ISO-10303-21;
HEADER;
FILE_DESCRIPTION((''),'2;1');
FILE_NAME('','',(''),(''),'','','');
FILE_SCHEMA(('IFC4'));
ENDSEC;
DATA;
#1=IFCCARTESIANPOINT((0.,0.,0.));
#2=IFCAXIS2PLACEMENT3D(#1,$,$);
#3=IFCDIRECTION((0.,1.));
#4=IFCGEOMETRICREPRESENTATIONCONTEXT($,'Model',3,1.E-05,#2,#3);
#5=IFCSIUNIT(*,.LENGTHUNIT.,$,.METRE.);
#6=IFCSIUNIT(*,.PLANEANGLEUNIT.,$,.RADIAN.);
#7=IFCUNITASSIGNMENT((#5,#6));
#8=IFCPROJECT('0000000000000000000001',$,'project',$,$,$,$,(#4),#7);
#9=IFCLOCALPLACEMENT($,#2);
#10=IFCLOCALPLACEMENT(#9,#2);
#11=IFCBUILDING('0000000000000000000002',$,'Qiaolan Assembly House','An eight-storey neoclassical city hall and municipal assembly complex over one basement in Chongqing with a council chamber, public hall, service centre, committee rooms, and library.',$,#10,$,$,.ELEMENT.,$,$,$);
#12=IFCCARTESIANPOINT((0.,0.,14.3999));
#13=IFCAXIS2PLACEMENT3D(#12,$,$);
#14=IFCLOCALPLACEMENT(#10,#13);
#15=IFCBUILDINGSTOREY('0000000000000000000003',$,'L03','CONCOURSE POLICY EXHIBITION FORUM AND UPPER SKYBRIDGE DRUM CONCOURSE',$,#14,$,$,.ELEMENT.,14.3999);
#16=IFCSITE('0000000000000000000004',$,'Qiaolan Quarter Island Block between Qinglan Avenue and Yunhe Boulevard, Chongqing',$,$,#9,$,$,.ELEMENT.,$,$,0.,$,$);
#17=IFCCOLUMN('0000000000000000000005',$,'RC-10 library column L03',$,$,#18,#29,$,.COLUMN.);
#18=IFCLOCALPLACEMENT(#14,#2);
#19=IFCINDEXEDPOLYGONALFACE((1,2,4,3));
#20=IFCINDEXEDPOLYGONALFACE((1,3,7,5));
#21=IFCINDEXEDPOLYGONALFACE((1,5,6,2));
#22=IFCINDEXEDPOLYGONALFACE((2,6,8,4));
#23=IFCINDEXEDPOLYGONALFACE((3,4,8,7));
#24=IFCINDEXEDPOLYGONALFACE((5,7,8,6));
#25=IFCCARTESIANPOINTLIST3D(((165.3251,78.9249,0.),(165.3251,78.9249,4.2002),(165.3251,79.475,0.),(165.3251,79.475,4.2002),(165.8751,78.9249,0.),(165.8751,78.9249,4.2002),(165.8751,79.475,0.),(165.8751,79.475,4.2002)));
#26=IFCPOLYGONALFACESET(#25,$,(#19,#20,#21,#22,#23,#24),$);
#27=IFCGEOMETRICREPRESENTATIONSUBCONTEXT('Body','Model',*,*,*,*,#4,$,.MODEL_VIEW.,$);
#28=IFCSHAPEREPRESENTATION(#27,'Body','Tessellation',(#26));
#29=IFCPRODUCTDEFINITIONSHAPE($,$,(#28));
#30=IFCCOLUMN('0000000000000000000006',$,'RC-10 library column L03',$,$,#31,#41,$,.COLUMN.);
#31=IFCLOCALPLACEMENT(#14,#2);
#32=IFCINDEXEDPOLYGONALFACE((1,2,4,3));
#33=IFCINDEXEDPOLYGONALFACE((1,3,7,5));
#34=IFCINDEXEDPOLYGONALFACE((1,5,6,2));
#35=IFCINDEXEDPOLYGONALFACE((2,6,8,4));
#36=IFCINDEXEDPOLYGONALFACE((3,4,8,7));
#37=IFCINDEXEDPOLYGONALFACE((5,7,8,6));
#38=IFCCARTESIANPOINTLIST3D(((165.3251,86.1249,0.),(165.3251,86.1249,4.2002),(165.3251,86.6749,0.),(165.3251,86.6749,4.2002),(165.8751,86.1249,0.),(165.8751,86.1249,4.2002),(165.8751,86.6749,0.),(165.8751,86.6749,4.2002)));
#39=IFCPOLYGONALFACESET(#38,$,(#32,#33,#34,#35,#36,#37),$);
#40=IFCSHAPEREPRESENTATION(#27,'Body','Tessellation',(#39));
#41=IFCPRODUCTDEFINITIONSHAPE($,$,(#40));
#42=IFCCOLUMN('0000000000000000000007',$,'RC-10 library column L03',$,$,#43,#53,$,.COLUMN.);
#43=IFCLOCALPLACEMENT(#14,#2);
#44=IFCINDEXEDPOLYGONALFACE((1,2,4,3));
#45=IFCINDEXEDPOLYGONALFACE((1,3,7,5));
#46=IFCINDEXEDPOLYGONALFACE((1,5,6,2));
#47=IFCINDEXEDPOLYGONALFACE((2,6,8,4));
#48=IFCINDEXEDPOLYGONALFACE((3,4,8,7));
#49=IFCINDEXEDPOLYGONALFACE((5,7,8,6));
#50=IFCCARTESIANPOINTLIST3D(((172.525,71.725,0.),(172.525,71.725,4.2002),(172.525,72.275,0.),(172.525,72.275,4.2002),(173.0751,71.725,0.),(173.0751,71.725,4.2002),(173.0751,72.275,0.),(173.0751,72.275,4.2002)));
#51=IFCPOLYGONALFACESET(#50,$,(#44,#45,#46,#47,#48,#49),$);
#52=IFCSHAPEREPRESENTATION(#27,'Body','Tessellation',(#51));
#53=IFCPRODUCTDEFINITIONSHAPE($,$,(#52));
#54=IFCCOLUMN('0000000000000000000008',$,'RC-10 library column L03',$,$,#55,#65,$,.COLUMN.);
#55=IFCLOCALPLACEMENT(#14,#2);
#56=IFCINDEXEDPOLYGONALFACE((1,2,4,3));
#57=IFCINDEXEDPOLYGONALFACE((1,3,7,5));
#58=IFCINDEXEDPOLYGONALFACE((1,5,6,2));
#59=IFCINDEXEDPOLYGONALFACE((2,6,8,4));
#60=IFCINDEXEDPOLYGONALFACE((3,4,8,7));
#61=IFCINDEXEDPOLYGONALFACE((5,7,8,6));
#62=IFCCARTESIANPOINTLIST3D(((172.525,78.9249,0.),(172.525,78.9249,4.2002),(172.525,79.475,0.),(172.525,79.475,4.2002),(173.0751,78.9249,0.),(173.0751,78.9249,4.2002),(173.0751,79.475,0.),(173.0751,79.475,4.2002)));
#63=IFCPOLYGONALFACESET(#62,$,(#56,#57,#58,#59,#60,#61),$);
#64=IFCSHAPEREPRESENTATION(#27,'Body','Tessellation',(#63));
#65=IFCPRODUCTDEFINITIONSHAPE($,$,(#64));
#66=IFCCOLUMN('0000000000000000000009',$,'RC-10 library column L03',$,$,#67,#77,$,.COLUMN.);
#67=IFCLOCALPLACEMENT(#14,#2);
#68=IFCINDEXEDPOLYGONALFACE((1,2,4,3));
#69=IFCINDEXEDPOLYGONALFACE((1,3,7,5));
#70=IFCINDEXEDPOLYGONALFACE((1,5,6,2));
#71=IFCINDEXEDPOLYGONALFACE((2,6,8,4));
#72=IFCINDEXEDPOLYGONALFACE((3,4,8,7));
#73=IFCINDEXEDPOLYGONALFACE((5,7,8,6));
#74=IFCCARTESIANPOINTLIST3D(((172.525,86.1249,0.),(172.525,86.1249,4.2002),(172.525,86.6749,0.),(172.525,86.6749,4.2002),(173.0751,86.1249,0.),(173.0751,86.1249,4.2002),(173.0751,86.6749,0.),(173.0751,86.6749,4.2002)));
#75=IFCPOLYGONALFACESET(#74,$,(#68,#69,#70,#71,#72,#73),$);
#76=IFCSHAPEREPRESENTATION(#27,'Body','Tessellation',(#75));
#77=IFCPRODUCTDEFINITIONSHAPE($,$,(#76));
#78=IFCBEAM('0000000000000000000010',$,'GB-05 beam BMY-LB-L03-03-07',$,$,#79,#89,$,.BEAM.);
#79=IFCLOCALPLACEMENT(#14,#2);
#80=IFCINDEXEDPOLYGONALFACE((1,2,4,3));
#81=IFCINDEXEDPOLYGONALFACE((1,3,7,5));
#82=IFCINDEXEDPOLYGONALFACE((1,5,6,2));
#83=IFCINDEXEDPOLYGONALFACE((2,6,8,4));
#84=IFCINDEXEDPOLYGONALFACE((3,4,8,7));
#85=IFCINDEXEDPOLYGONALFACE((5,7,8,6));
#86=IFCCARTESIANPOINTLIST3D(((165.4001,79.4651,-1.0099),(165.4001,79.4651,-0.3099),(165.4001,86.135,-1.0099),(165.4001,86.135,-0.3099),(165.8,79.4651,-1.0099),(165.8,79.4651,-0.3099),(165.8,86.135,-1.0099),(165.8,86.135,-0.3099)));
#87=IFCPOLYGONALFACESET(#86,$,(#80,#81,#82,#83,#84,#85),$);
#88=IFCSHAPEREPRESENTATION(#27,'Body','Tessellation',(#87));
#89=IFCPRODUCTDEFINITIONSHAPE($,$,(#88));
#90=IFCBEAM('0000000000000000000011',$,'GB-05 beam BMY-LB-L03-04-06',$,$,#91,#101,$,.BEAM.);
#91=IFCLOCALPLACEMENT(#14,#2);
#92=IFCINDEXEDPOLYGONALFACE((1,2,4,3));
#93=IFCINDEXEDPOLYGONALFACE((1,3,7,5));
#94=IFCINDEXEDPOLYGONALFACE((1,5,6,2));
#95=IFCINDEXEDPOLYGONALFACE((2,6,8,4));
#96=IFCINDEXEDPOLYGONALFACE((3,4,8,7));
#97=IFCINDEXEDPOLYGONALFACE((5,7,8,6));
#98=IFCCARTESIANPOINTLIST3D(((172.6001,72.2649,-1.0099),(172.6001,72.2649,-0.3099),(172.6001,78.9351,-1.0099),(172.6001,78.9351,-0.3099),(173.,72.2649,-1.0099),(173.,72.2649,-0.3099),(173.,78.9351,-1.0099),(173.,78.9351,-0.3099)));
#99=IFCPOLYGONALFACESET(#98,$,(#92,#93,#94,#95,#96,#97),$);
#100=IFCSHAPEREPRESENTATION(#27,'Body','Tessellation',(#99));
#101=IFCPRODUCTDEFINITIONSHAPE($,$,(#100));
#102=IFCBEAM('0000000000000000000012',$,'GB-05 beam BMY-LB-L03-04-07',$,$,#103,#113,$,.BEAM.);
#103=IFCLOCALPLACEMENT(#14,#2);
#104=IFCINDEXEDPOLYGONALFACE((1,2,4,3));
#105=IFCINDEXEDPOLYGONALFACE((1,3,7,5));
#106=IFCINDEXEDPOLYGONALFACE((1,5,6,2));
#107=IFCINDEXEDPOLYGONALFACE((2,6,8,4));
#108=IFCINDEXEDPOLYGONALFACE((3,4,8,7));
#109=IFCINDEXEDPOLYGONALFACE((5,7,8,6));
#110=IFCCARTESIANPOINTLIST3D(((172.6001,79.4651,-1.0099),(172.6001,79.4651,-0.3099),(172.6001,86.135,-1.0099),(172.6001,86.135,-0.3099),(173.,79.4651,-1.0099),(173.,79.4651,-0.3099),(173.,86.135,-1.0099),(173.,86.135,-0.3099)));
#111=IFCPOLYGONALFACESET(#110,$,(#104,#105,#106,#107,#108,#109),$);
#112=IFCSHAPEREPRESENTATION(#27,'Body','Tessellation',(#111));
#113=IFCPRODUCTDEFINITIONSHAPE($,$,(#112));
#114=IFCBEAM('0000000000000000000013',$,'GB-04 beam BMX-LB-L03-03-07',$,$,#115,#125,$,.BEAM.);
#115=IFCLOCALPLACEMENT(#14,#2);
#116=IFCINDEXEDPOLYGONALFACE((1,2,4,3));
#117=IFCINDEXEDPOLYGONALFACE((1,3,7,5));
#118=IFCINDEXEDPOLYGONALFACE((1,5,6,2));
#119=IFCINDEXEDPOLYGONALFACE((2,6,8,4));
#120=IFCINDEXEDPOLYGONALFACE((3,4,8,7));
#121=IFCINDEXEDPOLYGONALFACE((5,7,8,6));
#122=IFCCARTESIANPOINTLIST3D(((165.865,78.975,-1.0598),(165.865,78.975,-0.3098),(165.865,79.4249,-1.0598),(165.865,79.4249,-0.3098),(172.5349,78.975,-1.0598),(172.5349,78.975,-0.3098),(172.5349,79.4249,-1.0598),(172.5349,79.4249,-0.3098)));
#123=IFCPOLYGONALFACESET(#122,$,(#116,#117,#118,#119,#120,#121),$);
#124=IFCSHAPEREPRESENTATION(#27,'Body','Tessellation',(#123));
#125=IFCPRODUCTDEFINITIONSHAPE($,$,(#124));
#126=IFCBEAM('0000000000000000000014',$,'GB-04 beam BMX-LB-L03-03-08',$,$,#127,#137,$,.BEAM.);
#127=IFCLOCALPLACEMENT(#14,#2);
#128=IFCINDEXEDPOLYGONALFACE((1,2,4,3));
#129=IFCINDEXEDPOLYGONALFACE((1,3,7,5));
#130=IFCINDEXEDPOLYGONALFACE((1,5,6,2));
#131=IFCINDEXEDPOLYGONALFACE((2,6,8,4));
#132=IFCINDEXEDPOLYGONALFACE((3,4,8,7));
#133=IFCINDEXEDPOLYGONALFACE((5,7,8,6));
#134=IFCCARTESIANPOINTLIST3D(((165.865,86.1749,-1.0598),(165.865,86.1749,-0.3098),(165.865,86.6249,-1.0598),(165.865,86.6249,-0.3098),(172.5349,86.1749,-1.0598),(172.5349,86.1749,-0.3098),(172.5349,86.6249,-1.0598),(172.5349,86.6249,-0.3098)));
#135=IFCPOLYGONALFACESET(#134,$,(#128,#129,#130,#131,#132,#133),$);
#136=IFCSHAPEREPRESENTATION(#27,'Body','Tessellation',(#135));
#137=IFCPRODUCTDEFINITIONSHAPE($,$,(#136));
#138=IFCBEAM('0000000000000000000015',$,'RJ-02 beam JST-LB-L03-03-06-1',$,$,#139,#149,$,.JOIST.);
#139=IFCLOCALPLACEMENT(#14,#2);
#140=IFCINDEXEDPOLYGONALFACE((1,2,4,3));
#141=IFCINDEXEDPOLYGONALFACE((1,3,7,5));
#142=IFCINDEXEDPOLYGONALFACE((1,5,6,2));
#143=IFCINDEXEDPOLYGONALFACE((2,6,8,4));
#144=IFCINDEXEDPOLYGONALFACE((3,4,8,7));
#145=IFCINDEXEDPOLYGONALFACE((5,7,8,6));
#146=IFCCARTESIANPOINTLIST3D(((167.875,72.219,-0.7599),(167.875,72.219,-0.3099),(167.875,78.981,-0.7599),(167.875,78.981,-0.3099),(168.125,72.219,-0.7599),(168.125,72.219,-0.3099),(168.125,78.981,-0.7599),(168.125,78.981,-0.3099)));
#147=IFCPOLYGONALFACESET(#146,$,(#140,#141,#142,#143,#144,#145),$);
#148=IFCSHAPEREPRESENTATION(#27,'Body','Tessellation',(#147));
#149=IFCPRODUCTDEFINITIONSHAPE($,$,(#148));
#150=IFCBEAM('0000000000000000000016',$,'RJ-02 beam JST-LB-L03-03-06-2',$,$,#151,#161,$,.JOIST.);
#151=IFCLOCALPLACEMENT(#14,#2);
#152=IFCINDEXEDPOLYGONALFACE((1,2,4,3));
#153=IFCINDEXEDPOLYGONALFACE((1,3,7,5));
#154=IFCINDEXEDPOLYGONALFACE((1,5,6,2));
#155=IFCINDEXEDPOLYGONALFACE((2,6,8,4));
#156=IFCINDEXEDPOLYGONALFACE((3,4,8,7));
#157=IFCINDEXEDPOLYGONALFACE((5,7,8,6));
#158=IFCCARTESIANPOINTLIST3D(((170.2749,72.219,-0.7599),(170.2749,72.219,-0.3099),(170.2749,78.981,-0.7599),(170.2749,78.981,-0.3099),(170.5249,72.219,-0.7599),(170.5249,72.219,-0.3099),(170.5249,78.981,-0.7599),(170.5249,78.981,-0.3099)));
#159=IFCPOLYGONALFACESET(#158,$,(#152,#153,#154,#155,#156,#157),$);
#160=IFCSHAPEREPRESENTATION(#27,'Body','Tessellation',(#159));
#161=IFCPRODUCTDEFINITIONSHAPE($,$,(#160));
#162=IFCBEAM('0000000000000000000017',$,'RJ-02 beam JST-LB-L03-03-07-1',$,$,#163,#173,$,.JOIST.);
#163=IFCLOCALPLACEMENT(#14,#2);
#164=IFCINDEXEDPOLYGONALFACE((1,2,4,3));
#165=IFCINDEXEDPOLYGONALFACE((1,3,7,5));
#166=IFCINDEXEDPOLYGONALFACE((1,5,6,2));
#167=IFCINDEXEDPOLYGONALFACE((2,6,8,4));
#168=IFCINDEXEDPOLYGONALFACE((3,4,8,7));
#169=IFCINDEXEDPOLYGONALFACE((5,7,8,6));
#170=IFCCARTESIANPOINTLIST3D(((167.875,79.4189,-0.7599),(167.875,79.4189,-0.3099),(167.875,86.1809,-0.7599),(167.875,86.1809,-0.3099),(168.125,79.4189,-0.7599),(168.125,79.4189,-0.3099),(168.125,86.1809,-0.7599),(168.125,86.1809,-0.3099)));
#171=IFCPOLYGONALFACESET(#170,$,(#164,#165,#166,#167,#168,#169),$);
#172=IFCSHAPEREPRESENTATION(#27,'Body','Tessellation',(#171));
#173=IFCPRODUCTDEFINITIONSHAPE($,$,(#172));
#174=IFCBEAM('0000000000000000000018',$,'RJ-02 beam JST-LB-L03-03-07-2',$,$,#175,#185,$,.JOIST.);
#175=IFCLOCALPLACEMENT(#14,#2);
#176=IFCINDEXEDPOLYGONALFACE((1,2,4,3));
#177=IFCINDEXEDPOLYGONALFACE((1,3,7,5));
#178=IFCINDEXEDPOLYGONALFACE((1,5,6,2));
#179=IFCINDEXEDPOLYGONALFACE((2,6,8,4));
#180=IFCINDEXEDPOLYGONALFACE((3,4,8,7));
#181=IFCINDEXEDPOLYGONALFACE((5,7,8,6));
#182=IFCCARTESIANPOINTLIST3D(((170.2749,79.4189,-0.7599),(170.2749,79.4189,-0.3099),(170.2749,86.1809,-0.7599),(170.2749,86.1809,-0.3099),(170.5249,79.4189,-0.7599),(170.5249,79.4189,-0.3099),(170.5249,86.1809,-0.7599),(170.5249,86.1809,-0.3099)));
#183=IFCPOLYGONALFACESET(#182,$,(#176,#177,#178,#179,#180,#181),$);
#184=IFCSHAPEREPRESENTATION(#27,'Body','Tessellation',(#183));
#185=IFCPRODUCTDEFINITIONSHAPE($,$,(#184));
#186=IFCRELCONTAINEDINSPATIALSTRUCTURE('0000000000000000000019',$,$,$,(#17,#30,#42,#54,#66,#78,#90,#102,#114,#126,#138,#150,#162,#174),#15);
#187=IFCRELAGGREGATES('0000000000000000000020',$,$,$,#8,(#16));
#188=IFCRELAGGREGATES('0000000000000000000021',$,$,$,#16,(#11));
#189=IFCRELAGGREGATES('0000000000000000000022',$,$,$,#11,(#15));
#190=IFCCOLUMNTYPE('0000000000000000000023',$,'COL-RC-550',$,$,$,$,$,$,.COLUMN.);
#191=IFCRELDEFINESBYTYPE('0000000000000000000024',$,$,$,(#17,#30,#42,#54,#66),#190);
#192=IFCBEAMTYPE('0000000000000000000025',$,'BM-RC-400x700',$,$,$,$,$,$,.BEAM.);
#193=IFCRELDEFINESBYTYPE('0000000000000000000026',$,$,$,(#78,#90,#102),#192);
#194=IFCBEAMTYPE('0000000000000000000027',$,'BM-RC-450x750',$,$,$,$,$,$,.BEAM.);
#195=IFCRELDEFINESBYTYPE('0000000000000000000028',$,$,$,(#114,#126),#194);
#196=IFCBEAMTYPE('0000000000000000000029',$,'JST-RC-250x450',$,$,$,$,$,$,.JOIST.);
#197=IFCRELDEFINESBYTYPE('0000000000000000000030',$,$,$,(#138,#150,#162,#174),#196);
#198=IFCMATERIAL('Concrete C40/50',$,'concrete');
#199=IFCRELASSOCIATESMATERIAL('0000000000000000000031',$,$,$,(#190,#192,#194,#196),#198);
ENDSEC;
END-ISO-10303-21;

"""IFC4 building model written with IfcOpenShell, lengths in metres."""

from ifc_helpers import new_model, si_unit, direction, frame, origin, origin_2d, place, context, subcontext, project, spatial, rectangle, extrude, material, material_profile, profile_set, type_object, element, save


model = new_model("IFC4")

# Units and contexts
model_context = context("Model", 3, precision=1e-05, world=origin(), true_north=direction((0.0, 1.0)))
body_context = subcontext(model_context, "Body", "Model", "MODEL_VIEW")
ifc_project = project(units=[si_unit("LENGTHUNIT", "METRE"), si_unit("PLANEANGLEUNIT", "RADIAN")], contexts=[model_context])

# Site, building, storey
site_placement = place(None, origin())
site = spatial("IfcSite", under=ifc_project, at=site_placement, Name="Qiaolan Quarter Island Block between Qinglan Avenue and Yunhe Boulevard, Chongqing", CompositionType="ELEMENT", RefElevation=0.0)
building_placement = place(site_placement, origin())
building = spatial("IfcBuilding", under=site, at=building_placement, Name="Qiaolan Assembly House", Description="An eight-storey neoclassical city hall and municipal assembly complex over one basement in Chongqing with a council chamber, public hall, service centre, committee rooms, and library.", CompositionType="ELEMENT")
storey_placement = place(building_placement, frame((0.0, 0.0, 14.3999)))
storey = spatial("IfcBuildingStorey", under=building, at=storey_placement, Name="L03", Description="CONCOURSE POLICY EXHIBITION FORUM AND UPPER SKYBRIDGE DRUM CONCOURSE", CompositionType="ELEMENT", Elevation=14.3999)

# Columns
ifc_material_1 = material(Name="Concrete C40/50", Category="concrete")
ifc_material_profile_1 = material_profile(ifc_material_1, rectangle(XDim=0.55, YDim=0.55, at=origin_2d()), Name="RC 550x550")
ifc_profile_set_1 = profile_set([ifc_material_profile_1], Name="Concrete C40/50")
column_type = type_object("IfcColumnType", Name="COL-RC-550", PredefinedType="COLUMN", material=ifc_profile_set_1)
for number, where, z_axis, x_axis, name in (
    (1, (165.6001, 79.2, 0.0), (0.0, 0.0, 1.0), (1.0, 0.0, 0.0), "RC-10 library column L03"),
    (2, (165.6001, 86.3999, 0.0), (0.0, 0.0, 1.0), (1.0, 0.0, 0.0), "RC-10 library column L03"),
    (3, (172.8, 72.0, 0.0), (0.0, 0.0, 1.0), (1.0, 0.0, 0.0), "RC-10 library column L03"),
    (4, (172.8, 79.2, 0.0), (0.0, 0.0, 1.0), (1.0, 0.0, 0.0), "RC-10 library column L03"),
    (5, (172.8, 86.3999, 0.0), (0.0, 0.0, 1.0), (1.0, 0.0, 0.0), "RC-10 library column L03"),
):
    element("IfcColumn", number, at=place(storey_placement, frame(where, z_axis=z_axis, x_axis=x_axis)), inside=storey, type_object=column_type, Name=name, PredefinedType="COLUMN", context=body_context, shape_type="SweptSolid", body=[
        extrude(rectangle(XDim=0.55, YDim=0.55, at=origin_2d()), origin(), (0.0, 0.0, 1.0), 4.2002),
    ])

# Beams
ifc_material_profile_2 = material_profile(ifc_material_1, rectangle(XDim=0.3999, YDim=0.7, at=origin_2d()), Name="RCB 400x700")
ifc_profile_set_2 = profile_set([ifc_material_profile_2], Name="Concrete C40/50")
beam_type_1 = type_object("IfcBeamType", Name="BM-RC-400x700", PredefinedType="BEAM", material=ifc_profile_set_2)
beam_1_placement = place(storey_placement, frame((165.6001, 79.4651, -0.6599), z_axis=(0.0, 1.0, 0.0), x_axis=(-1.0, 0.0, 0.0)))
element("IfcBeam", 6, at=beam_1_placement, inside=storey, type_object=beam_type_1, Name="GB-05 beam BMY-LB-L03-03-07", PredefinedType="BEAM", context=body_context, shape_type="SweptSolid", body=[
    extrude(rectangle(XDim=0.3999, YDim=0.7, at=origin_2d()), origin(), (0.0, 0.0, 1.0), 6.6699),
])
beam_2_placement = place(storey_placement, frame((172.8, 72.2649, -0.6599), z_axis=(0.0, 1.0, 0.0), x_axis=(-1.0, 0.0, 0.0)))
element("IfcBeam", 7, at=beam_2_placement, inside=storey, type_object=beam_type_1, Name="GB-05 beam BMY-LB-L03-04-06", PredefinedType="BEAM", context=body_context, shape_type="SweptSolid", body=[
    extrude(rectangle(XDim=0.3999, YDim=0.7, at=origin_2d()), origin(), (0.0, 0.0, 1.0), 6.6702),
])
beam_3_placement = place(storey_placement, frame((172.8, 79.4651, -0.6599), z_axis=(0.0, 1.0, 0.0), x_axis=(-1.0, 0.0, 0.0)))
element("IfcBeam", 8, at=beam_3_placement, inside=storey, type_object=beam_type_1, Name="GB-05 beam BMY-LB-L03-04-07", PredefinedType="BEAM", context=body_context, shape_type="SweptSolid", body=[
    extrude(rectangle(XDim=0.3999, YDim=0.7, at=origin_2d()), origin(), (0.0, 0.0, 1.0), 6.6699),
])
ifc_material_profile_3 = material_profile(ifc_material_1, rectangle(XDim=0.45, YDim=0.75, at=origin_2d()), Name="RCB 450x750")
ifc_profile_set_3 = profile_set([ifc_material_profile_3], Name="Concrete C40/50")
beam_type_2 = type_object("IfcBeamType", Name="BM-RC-450x750", PredefinedType="BEAM", material=ifc_profile_set_3)
for number, where, z_axis, x_axis, name in (
    (9, (165.865, 79.2, -0.6848), (1.0, 0.0, 0.0), (0.0, 1.0, 0.0), "GB-04 beam BMX-LB-L03-03-07"),
    (10, (165.865, 86.3999, -0.6848), (1.0, 0.0, 0.0), (0.0, 1.0, 0.0), "GB-04 beam BMX-LB-L03-03-08"),
):
    element("IfcBeam", number, at=place(storey_placement, frame(where, z_axis=z_axis, x_axis=x_axis)), inside=storey, type_object=beam_type_2, Name=name, PredefinedType="BEAM", context=body_context, shape_type="SweptSolid", body=[
        extrude(rectangle(XDim=0.45, YDim=0.75, at=origin_2d()), origin(), (0.0, 0.0, 1.0), 6.6699),
    ])
ifc_material_profile_4 = material_profile(ifc_material_1, rectangle(XDim=0.25, YDim=0.45, at=origin_2d()), Name="RCB 250x450")
ifc_profile_set_4 = profile_set([ifc_material_profile_4], Name="Concrete C40/50")
beam_type_3 = type_object("IfcBeamType", Name="JST-RC-250x450", PredefinedType="JOIST", material=ifc_profile_set_4)
for number, where, z_axis, x_axis, name in (
    (11, (168.0, 72.219, -0.5349), (0.0, 1.0, 0.0), (-1.0, 0.0, 0.0), "RJ-02 beam JST-LB-L03-03-06-1"),
    (12, (170.3999, 72.219, -0.5349), (0.0, 1.0, 0.0), (-1.0, 0.0, 0.0), "RJ-02 beam JST-LB-L03-03-06-2"),
    (13, (168.0, 79.4189, -0.5349), (0.0, 1.0, 0.0), (-1.0, 0.0, 0.0), "RJ-02 beam JST-LB-L03-03-07-1"),
    (14, (170.3999, 79.4189, -0.5349), (0.0, 1.0, 0.0), (-1.0, 0.0, 0.0), "RJ-02 beam JST-LB-L03-03-07-2"),
):
    element("IfcBeam", number, at=place(storey_placement, frame(where, z_axis=z_axis, x_axis=x_axis)), inside=storey, type_object=beam_type_3, Name=name, PredefinedType="JOIST", context=body_context, shape_type="SweptSolid", body=[
        extrude(rectangle(XDim=0.25, YDim=0.45, at=origin_2d()), origin(), (0.0, 0.0, 1.0), 6.762),
    ])

save(model, "model.ifc")
